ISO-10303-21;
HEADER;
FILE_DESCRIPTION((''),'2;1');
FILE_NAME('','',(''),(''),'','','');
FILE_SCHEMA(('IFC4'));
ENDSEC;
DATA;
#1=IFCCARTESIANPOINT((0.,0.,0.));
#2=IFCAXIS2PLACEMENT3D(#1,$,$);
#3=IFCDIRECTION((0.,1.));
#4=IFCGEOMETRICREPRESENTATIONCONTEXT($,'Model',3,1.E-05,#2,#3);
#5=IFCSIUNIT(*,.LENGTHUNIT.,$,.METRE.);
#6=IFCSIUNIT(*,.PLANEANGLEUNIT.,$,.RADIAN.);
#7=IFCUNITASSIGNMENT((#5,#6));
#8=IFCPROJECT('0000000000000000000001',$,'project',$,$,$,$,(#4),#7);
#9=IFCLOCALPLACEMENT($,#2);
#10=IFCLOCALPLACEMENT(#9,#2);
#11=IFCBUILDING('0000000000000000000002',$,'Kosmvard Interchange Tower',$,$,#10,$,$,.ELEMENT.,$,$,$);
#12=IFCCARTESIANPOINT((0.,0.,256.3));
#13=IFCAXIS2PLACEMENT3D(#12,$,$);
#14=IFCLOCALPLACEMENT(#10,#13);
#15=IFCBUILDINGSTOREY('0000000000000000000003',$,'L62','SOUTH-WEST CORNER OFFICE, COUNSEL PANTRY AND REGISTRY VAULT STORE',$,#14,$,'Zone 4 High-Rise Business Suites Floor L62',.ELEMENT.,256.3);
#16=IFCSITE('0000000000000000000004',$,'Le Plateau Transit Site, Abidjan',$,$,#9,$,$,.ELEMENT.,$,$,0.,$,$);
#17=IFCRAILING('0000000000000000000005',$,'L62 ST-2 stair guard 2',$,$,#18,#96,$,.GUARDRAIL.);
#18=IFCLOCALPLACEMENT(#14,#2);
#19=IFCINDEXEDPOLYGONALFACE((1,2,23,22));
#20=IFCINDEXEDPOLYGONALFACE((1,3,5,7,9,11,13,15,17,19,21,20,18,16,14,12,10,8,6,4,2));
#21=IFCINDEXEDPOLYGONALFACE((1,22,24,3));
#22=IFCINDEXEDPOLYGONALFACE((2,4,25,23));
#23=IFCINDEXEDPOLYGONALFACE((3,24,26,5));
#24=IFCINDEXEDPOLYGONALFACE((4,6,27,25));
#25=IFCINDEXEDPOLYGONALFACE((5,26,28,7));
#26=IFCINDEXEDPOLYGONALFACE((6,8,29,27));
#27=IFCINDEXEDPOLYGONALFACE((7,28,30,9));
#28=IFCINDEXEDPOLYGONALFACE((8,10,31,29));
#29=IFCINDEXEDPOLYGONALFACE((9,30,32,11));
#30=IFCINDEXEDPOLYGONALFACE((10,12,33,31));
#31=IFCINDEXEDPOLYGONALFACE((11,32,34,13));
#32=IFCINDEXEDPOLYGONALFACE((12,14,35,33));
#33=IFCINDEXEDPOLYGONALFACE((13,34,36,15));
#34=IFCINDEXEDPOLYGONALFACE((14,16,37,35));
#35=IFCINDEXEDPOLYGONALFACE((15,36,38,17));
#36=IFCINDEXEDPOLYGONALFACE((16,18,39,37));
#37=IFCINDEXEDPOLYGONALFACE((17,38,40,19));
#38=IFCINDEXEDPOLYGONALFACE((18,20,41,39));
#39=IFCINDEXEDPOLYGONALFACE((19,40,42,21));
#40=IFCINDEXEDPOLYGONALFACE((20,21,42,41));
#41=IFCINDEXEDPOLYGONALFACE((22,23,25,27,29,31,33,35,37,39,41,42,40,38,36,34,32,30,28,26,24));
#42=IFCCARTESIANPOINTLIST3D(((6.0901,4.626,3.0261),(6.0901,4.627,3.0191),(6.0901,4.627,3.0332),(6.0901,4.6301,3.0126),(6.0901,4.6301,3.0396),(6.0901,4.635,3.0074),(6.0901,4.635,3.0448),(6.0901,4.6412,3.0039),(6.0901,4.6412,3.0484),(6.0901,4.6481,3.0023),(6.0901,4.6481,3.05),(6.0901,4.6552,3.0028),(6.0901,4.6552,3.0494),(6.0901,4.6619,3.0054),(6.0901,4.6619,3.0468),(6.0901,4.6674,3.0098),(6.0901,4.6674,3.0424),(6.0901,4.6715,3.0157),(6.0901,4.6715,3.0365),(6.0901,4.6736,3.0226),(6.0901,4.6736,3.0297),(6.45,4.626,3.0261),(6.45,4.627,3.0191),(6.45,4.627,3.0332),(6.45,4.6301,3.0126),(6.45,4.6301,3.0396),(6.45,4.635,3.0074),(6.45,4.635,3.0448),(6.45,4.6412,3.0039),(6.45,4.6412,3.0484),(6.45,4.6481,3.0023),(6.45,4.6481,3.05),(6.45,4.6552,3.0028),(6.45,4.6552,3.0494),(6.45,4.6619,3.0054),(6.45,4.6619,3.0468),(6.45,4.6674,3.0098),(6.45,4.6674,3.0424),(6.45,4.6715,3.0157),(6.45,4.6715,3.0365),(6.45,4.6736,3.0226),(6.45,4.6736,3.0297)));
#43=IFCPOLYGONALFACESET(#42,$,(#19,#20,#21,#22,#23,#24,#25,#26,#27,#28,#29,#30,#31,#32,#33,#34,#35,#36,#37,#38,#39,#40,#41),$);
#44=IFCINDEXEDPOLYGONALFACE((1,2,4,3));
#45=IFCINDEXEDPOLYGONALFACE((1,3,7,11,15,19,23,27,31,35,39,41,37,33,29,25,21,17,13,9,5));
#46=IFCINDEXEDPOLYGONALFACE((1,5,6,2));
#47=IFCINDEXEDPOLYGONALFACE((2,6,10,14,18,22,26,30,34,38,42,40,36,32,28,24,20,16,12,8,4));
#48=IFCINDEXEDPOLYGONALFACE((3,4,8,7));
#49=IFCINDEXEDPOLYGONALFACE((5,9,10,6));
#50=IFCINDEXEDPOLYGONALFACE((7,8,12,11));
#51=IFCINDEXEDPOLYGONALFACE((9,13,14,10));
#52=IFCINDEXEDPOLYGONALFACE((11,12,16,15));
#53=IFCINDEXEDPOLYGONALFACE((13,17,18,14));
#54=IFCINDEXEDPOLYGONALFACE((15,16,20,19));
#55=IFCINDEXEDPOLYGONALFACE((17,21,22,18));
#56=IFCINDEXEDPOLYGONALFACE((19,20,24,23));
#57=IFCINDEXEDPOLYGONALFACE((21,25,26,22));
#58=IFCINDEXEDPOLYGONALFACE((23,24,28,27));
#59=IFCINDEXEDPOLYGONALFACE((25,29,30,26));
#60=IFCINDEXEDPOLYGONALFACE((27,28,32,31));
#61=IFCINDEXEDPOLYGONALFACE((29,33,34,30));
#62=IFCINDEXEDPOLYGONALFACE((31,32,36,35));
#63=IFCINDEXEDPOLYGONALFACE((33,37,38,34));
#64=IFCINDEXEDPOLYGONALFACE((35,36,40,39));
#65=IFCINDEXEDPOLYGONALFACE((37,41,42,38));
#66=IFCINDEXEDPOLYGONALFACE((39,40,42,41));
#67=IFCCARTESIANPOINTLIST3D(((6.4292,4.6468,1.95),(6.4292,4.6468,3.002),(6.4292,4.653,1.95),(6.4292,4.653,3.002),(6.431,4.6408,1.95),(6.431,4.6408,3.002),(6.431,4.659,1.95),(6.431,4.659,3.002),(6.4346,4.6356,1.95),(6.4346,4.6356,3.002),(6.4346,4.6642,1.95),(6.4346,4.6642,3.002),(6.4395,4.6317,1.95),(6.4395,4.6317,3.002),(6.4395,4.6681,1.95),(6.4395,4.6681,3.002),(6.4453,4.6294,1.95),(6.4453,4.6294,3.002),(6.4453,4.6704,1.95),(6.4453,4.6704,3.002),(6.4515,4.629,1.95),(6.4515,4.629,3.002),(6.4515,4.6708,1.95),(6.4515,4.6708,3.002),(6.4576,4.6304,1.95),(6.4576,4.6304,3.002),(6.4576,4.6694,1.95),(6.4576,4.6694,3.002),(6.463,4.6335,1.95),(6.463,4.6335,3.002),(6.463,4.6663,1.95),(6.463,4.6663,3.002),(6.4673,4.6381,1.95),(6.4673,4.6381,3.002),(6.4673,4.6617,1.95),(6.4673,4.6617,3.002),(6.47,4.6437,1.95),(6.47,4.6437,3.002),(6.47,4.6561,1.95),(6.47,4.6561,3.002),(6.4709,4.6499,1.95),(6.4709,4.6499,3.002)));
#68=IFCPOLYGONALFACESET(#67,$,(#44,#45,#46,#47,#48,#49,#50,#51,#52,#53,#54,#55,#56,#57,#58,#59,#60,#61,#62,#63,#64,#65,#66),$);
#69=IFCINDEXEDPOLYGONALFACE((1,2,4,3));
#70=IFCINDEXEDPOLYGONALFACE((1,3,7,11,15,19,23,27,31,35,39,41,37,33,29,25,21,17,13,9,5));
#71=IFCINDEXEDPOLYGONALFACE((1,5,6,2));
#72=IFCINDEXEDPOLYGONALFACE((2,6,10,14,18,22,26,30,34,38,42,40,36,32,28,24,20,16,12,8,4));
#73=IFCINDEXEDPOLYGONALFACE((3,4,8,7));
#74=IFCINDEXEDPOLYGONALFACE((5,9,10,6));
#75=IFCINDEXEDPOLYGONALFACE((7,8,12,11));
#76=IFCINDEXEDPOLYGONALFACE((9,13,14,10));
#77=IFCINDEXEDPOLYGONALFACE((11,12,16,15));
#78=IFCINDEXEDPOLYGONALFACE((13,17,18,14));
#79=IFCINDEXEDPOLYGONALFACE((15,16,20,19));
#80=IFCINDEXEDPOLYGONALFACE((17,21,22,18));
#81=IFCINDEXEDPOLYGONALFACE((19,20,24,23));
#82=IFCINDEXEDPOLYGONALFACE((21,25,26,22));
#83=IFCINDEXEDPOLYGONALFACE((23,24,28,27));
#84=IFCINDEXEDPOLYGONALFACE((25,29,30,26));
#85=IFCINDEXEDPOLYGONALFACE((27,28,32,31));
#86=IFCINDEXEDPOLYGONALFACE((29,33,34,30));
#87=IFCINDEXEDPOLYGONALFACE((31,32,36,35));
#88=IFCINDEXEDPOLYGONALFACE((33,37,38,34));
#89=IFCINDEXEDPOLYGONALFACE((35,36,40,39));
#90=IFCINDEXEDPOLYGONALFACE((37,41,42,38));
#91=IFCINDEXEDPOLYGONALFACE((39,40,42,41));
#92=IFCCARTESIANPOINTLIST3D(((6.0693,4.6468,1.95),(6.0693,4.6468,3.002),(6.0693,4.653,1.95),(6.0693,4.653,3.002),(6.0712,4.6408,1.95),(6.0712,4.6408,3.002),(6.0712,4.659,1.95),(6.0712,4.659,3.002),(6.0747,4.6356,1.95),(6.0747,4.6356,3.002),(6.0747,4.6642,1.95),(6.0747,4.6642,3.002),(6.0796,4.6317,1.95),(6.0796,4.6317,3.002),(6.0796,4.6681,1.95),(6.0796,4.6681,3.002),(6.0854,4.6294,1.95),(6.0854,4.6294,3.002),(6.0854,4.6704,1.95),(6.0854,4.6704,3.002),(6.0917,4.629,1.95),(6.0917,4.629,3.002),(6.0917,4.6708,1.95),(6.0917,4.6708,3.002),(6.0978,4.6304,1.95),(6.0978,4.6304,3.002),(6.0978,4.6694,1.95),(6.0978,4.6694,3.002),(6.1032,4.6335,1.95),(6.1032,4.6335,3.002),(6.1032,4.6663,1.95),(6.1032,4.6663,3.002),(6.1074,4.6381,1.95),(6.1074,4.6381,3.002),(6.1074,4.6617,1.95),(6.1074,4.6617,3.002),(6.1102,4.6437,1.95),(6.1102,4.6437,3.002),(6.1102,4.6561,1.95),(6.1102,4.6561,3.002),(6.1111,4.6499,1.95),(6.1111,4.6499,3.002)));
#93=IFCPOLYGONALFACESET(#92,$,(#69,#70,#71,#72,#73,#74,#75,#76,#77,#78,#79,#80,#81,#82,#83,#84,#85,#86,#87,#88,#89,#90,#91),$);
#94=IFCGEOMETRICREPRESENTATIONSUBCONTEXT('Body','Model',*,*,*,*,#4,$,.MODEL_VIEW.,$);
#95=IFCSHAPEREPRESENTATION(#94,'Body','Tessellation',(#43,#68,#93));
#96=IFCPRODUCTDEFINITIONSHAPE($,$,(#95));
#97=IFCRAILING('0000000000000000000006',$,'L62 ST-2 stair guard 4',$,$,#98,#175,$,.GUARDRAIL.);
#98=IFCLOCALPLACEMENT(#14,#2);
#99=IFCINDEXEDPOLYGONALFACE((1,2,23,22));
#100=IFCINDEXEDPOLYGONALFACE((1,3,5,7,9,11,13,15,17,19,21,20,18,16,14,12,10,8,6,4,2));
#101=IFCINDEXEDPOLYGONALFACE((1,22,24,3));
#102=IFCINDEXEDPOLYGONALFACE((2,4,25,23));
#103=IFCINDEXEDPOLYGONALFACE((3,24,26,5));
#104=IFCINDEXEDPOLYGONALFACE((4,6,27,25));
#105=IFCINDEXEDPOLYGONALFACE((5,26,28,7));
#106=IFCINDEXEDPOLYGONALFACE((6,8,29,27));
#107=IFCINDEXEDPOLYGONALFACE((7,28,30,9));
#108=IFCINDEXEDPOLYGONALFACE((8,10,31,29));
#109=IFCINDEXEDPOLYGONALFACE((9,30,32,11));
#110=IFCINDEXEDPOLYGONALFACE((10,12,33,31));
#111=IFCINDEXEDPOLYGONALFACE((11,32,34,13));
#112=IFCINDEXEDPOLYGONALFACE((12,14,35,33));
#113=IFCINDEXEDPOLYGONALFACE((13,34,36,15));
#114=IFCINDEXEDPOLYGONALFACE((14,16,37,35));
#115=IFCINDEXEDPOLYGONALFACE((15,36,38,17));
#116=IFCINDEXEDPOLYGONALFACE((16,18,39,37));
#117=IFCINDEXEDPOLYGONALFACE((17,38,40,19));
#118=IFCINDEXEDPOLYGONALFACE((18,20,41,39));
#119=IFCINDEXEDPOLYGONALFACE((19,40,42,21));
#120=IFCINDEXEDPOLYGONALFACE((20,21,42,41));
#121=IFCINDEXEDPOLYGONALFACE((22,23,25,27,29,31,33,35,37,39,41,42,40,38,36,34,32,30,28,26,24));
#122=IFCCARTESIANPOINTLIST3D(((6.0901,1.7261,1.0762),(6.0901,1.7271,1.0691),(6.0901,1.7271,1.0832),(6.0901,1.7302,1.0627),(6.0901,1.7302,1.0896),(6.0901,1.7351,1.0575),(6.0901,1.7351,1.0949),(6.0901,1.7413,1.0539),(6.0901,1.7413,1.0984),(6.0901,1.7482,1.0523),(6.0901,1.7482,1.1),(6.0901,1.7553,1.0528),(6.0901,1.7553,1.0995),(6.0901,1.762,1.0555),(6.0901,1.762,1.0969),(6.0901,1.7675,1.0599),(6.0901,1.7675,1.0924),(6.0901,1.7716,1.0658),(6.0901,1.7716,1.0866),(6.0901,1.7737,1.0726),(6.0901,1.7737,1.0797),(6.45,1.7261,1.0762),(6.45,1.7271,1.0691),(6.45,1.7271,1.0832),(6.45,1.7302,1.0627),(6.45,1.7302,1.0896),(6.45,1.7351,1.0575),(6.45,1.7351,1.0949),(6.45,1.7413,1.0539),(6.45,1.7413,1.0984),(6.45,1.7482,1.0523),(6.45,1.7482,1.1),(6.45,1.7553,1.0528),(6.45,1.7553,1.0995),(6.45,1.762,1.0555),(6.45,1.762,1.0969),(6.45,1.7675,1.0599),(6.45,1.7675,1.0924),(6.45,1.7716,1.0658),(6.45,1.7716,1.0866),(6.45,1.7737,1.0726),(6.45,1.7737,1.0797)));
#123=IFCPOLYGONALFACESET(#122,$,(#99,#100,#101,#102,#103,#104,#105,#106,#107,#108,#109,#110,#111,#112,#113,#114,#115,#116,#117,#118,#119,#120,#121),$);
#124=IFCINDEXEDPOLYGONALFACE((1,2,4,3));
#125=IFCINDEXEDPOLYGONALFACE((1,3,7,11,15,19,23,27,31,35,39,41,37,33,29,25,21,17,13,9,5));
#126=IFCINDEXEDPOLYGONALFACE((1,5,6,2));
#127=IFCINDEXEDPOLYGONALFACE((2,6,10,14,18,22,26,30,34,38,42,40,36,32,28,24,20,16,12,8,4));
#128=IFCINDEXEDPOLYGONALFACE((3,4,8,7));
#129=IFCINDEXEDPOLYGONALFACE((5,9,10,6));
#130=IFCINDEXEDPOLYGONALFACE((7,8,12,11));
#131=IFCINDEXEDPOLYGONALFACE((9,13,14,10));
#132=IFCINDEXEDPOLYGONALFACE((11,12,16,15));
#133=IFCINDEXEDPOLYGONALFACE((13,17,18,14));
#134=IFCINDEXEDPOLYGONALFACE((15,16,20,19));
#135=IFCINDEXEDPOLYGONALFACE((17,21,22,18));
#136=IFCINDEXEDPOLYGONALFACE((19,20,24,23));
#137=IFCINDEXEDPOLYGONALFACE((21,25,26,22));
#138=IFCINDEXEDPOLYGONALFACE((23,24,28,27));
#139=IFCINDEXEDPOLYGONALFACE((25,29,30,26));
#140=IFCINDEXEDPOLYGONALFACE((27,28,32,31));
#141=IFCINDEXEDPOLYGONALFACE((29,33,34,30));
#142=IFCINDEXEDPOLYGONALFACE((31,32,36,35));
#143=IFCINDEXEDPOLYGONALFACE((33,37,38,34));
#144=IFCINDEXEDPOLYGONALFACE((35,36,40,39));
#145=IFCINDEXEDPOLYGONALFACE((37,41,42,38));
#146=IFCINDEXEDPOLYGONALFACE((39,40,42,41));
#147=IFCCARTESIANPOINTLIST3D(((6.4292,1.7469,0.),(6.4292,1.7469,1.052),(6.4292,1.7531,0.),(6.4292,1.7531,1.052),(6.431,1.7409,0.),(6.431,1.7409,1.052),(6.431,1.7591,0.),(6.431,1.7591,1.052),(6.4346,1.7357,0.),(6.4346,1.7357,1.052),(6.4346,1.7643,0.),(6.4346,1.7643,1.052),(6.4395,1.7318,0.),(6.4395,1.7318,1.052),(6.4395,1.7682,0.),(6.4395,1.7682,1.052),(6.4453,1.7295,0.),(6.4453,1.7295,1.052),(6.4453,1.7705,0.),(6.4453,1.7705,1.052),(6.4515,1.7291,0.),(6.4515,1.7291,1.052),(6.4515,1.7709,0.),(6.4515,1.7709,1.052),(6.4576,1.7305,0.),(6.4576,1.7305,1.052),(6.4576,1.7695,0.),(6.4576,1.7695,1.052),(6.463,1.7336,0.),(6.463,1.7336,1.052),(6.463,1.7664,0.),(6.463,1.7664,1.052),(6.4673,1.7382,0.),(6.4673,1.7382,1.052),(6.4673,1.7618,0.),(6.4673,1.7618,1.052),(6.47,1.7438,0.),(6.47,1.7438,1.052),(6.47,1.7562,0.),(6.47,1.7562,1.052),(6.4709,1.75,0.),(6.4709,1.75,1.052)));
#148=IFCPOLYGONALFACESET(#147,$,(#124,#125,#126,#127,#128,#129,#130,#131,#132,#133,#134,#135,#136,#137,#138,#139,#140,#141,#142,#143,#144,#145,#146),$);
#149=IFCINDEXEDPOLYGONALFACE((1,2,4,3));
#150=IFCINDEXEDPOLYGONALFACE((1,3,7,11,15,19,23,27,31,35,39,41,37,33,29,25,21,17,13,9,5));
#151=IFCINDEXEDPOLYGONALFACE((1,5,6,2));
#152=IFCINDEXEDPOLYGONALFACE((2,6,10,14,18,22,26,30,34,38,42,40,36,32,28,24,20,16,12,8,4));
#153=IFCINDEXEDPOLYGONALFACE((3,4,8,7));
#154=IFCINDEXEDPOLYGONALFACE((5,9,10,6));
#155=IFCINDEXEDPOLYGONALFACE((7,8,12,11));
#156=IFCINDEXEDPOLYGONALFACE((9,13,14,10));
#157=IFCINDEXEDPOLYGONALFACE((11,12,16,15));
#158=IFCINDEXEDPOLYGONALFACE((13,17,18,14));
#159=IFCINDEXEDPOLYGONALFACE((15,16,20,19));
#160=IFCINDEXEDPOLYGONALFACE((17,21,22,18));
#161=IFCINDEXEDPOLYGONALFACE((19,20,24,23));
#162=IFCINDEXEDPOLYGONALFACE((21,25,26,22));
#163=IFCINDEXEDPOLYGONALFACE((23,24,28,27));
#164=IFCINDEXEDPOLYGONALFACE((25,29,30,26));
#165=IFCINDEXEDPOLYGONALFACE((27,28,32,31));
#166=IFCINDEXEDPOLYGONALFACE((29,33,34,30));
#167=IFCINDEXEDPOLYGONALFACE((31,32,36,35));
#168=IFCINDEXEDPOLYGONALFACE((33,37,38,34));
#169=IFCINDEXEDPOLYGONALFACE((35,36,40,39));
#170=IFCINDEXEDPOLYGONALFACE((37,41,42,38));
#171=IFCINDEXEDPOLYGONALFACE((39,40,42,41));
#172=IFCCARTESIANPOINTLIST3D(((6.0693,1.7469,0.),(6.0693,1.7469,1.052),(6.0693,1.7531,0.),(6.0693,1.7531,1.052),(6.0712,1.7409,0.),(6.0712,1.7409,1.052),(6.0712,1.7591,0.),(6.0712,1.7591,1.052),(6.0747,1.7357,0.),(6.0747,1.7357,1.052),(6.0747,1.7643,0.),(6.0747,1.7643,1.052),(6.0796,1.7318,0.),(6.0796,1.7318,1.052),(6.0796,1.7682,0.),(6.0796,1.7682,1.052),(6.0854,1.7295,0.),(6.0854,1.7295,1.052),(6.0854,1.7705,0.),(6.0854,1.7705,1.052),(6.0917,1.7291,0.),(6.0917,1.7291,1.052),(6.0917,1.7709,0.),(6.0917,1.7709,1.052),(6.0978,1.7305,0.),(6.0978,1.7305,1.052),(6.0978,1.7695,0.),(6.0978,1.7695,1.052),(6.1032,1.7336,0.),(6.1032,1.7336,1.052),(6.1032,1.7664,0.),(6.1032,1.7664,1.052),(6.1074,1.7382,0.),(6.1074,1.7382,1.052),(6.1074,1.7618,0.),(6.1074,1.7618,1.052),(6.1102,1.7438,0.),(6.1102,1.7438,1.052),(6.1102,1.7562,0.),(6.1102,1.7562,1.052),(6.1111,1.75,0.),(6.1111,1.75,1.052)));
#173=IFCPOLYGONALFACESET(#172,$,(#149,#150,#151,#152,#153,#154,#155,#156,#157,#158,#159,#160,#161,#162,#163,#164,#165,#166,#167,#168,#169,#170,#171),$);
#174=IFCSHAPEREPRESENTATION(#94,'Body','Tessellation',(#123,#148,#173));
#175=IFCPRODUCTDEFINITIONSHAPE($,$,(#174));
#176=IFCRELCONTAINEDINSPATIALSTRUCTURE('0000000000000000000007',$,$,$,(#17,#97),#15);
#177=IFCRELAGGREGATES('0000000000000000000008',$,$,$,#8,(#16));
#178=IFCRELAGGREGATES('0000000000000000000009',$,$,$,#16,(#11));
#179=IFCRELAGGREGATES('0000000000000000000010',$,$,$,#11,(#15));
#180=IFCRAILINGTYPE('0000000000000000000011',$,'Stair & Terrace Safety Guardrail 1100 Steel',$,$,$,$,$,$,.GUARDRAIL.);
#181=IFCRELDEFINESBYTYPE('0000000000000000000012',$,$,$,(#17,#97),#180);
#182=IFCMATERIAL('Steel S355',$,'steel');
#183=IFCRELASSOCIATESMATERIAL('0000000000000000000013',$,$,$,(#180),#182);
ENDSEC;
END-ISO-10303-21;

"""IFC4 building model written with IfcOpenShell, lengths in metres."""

from ifc_helpers import new_model, si_unit, direction, frame, origin, origin_2d, place, context, subcontext, project, spatial, circle, extrude, source, transform, mapped, material, type_object, element, save


model = new_model("IFC4")

# Units and contexts
model_context = context("Model", 3, precision=1e-05, world=origin(), true_north=direction((0.0, 1.0)))
body_context = subcontext(model_context, "Body", "Model", "MODEL_VIEW")
ifc_project = project(units=[si_unit("LENGTHUNIT", "METRE"), si_unit("PLANEANGLEUNIT", "RADIAN")], contexts=[model_context])

# Site, building, storey
site_placement = place(None, origin())
site = spatial("IfcSite", under=ifc_project, at=site_placement, Name="Le Plateau Transit Site, Abidjan", CompositionType="ELEMENT", RefElevation=0.0)
building_placement = place(site_placement, origin())
building = spatial("IfcBuilding", under=site, at=building_placement, Name="Kosmvard Interchange Tower", CompositionType="ELEMENT")
storey_placement = place(building_placement, frame((0.0, 0.0, 256.3)))
storey = spatial("IfcBuildingStorey", under=building, at=storey_placement, Name="L62", Description="SOUTH-WEST CORNER OFFICE, COUNSEL PANTRY AND REGISTRY VAULT STORE", LongName="Zone 4 High-Rise Business Suites Floor L62", CompositionType="ELEMENT", Elevation=256.3)

# Shared definitions
ifc_material_1 = material(Name="Steel S355", Category="steel")

# Railings
railing_type_1 = type_object("IfcRailingType", Name="Stair & Terrace Safety Guardrail 1100 Steel", PredefinedType="GUARDRAIL", material=ifc_material_1)
shared_shape_1 = source(origin(), body_context, "Body", "SweptSolid", [
    extrude(circle(Radius=0.0239, at=origin_2d()), frame((0.0, 0.0, 1.0762), z_axis=(-1.0, 0.0, 0.0), x_axis=(0.0, -1.0, 0.0)), (0.0, 0.0, 1.0), 0.3599),
    extrude(circle(Radius=0.021, at=origin_2d()), origin(), (0.0, 0.0, 1.0), 1.052),
    extrude(circle(Radius=0.021, at=origin_2d()), frame((-0.3599, 0.0, 0.0)), (0.0, 0.0, 1.0), 1.052),
])
for number, where, name in (
    (1, (6.45, 4.6499, 1.95), "L62 ST-2 stair guard 2"),
    (2, (6.45, 1.75, 0.0), "L62 ST-2 stair guard 4"),
):
    element("IfcRailing", number, at=place(storey_placement, frame(where)), inside=storey, type_object=railing_type_1, Name=name, PredefinedType="GUARDRAIL", context=body_context, shape_type="MappedRepresentation", body=[
        mapped(shared_shape_1, transform((0.0, 0.0, 0.0), scale=1.0)),
    ])

save(model, "model.ifc")
